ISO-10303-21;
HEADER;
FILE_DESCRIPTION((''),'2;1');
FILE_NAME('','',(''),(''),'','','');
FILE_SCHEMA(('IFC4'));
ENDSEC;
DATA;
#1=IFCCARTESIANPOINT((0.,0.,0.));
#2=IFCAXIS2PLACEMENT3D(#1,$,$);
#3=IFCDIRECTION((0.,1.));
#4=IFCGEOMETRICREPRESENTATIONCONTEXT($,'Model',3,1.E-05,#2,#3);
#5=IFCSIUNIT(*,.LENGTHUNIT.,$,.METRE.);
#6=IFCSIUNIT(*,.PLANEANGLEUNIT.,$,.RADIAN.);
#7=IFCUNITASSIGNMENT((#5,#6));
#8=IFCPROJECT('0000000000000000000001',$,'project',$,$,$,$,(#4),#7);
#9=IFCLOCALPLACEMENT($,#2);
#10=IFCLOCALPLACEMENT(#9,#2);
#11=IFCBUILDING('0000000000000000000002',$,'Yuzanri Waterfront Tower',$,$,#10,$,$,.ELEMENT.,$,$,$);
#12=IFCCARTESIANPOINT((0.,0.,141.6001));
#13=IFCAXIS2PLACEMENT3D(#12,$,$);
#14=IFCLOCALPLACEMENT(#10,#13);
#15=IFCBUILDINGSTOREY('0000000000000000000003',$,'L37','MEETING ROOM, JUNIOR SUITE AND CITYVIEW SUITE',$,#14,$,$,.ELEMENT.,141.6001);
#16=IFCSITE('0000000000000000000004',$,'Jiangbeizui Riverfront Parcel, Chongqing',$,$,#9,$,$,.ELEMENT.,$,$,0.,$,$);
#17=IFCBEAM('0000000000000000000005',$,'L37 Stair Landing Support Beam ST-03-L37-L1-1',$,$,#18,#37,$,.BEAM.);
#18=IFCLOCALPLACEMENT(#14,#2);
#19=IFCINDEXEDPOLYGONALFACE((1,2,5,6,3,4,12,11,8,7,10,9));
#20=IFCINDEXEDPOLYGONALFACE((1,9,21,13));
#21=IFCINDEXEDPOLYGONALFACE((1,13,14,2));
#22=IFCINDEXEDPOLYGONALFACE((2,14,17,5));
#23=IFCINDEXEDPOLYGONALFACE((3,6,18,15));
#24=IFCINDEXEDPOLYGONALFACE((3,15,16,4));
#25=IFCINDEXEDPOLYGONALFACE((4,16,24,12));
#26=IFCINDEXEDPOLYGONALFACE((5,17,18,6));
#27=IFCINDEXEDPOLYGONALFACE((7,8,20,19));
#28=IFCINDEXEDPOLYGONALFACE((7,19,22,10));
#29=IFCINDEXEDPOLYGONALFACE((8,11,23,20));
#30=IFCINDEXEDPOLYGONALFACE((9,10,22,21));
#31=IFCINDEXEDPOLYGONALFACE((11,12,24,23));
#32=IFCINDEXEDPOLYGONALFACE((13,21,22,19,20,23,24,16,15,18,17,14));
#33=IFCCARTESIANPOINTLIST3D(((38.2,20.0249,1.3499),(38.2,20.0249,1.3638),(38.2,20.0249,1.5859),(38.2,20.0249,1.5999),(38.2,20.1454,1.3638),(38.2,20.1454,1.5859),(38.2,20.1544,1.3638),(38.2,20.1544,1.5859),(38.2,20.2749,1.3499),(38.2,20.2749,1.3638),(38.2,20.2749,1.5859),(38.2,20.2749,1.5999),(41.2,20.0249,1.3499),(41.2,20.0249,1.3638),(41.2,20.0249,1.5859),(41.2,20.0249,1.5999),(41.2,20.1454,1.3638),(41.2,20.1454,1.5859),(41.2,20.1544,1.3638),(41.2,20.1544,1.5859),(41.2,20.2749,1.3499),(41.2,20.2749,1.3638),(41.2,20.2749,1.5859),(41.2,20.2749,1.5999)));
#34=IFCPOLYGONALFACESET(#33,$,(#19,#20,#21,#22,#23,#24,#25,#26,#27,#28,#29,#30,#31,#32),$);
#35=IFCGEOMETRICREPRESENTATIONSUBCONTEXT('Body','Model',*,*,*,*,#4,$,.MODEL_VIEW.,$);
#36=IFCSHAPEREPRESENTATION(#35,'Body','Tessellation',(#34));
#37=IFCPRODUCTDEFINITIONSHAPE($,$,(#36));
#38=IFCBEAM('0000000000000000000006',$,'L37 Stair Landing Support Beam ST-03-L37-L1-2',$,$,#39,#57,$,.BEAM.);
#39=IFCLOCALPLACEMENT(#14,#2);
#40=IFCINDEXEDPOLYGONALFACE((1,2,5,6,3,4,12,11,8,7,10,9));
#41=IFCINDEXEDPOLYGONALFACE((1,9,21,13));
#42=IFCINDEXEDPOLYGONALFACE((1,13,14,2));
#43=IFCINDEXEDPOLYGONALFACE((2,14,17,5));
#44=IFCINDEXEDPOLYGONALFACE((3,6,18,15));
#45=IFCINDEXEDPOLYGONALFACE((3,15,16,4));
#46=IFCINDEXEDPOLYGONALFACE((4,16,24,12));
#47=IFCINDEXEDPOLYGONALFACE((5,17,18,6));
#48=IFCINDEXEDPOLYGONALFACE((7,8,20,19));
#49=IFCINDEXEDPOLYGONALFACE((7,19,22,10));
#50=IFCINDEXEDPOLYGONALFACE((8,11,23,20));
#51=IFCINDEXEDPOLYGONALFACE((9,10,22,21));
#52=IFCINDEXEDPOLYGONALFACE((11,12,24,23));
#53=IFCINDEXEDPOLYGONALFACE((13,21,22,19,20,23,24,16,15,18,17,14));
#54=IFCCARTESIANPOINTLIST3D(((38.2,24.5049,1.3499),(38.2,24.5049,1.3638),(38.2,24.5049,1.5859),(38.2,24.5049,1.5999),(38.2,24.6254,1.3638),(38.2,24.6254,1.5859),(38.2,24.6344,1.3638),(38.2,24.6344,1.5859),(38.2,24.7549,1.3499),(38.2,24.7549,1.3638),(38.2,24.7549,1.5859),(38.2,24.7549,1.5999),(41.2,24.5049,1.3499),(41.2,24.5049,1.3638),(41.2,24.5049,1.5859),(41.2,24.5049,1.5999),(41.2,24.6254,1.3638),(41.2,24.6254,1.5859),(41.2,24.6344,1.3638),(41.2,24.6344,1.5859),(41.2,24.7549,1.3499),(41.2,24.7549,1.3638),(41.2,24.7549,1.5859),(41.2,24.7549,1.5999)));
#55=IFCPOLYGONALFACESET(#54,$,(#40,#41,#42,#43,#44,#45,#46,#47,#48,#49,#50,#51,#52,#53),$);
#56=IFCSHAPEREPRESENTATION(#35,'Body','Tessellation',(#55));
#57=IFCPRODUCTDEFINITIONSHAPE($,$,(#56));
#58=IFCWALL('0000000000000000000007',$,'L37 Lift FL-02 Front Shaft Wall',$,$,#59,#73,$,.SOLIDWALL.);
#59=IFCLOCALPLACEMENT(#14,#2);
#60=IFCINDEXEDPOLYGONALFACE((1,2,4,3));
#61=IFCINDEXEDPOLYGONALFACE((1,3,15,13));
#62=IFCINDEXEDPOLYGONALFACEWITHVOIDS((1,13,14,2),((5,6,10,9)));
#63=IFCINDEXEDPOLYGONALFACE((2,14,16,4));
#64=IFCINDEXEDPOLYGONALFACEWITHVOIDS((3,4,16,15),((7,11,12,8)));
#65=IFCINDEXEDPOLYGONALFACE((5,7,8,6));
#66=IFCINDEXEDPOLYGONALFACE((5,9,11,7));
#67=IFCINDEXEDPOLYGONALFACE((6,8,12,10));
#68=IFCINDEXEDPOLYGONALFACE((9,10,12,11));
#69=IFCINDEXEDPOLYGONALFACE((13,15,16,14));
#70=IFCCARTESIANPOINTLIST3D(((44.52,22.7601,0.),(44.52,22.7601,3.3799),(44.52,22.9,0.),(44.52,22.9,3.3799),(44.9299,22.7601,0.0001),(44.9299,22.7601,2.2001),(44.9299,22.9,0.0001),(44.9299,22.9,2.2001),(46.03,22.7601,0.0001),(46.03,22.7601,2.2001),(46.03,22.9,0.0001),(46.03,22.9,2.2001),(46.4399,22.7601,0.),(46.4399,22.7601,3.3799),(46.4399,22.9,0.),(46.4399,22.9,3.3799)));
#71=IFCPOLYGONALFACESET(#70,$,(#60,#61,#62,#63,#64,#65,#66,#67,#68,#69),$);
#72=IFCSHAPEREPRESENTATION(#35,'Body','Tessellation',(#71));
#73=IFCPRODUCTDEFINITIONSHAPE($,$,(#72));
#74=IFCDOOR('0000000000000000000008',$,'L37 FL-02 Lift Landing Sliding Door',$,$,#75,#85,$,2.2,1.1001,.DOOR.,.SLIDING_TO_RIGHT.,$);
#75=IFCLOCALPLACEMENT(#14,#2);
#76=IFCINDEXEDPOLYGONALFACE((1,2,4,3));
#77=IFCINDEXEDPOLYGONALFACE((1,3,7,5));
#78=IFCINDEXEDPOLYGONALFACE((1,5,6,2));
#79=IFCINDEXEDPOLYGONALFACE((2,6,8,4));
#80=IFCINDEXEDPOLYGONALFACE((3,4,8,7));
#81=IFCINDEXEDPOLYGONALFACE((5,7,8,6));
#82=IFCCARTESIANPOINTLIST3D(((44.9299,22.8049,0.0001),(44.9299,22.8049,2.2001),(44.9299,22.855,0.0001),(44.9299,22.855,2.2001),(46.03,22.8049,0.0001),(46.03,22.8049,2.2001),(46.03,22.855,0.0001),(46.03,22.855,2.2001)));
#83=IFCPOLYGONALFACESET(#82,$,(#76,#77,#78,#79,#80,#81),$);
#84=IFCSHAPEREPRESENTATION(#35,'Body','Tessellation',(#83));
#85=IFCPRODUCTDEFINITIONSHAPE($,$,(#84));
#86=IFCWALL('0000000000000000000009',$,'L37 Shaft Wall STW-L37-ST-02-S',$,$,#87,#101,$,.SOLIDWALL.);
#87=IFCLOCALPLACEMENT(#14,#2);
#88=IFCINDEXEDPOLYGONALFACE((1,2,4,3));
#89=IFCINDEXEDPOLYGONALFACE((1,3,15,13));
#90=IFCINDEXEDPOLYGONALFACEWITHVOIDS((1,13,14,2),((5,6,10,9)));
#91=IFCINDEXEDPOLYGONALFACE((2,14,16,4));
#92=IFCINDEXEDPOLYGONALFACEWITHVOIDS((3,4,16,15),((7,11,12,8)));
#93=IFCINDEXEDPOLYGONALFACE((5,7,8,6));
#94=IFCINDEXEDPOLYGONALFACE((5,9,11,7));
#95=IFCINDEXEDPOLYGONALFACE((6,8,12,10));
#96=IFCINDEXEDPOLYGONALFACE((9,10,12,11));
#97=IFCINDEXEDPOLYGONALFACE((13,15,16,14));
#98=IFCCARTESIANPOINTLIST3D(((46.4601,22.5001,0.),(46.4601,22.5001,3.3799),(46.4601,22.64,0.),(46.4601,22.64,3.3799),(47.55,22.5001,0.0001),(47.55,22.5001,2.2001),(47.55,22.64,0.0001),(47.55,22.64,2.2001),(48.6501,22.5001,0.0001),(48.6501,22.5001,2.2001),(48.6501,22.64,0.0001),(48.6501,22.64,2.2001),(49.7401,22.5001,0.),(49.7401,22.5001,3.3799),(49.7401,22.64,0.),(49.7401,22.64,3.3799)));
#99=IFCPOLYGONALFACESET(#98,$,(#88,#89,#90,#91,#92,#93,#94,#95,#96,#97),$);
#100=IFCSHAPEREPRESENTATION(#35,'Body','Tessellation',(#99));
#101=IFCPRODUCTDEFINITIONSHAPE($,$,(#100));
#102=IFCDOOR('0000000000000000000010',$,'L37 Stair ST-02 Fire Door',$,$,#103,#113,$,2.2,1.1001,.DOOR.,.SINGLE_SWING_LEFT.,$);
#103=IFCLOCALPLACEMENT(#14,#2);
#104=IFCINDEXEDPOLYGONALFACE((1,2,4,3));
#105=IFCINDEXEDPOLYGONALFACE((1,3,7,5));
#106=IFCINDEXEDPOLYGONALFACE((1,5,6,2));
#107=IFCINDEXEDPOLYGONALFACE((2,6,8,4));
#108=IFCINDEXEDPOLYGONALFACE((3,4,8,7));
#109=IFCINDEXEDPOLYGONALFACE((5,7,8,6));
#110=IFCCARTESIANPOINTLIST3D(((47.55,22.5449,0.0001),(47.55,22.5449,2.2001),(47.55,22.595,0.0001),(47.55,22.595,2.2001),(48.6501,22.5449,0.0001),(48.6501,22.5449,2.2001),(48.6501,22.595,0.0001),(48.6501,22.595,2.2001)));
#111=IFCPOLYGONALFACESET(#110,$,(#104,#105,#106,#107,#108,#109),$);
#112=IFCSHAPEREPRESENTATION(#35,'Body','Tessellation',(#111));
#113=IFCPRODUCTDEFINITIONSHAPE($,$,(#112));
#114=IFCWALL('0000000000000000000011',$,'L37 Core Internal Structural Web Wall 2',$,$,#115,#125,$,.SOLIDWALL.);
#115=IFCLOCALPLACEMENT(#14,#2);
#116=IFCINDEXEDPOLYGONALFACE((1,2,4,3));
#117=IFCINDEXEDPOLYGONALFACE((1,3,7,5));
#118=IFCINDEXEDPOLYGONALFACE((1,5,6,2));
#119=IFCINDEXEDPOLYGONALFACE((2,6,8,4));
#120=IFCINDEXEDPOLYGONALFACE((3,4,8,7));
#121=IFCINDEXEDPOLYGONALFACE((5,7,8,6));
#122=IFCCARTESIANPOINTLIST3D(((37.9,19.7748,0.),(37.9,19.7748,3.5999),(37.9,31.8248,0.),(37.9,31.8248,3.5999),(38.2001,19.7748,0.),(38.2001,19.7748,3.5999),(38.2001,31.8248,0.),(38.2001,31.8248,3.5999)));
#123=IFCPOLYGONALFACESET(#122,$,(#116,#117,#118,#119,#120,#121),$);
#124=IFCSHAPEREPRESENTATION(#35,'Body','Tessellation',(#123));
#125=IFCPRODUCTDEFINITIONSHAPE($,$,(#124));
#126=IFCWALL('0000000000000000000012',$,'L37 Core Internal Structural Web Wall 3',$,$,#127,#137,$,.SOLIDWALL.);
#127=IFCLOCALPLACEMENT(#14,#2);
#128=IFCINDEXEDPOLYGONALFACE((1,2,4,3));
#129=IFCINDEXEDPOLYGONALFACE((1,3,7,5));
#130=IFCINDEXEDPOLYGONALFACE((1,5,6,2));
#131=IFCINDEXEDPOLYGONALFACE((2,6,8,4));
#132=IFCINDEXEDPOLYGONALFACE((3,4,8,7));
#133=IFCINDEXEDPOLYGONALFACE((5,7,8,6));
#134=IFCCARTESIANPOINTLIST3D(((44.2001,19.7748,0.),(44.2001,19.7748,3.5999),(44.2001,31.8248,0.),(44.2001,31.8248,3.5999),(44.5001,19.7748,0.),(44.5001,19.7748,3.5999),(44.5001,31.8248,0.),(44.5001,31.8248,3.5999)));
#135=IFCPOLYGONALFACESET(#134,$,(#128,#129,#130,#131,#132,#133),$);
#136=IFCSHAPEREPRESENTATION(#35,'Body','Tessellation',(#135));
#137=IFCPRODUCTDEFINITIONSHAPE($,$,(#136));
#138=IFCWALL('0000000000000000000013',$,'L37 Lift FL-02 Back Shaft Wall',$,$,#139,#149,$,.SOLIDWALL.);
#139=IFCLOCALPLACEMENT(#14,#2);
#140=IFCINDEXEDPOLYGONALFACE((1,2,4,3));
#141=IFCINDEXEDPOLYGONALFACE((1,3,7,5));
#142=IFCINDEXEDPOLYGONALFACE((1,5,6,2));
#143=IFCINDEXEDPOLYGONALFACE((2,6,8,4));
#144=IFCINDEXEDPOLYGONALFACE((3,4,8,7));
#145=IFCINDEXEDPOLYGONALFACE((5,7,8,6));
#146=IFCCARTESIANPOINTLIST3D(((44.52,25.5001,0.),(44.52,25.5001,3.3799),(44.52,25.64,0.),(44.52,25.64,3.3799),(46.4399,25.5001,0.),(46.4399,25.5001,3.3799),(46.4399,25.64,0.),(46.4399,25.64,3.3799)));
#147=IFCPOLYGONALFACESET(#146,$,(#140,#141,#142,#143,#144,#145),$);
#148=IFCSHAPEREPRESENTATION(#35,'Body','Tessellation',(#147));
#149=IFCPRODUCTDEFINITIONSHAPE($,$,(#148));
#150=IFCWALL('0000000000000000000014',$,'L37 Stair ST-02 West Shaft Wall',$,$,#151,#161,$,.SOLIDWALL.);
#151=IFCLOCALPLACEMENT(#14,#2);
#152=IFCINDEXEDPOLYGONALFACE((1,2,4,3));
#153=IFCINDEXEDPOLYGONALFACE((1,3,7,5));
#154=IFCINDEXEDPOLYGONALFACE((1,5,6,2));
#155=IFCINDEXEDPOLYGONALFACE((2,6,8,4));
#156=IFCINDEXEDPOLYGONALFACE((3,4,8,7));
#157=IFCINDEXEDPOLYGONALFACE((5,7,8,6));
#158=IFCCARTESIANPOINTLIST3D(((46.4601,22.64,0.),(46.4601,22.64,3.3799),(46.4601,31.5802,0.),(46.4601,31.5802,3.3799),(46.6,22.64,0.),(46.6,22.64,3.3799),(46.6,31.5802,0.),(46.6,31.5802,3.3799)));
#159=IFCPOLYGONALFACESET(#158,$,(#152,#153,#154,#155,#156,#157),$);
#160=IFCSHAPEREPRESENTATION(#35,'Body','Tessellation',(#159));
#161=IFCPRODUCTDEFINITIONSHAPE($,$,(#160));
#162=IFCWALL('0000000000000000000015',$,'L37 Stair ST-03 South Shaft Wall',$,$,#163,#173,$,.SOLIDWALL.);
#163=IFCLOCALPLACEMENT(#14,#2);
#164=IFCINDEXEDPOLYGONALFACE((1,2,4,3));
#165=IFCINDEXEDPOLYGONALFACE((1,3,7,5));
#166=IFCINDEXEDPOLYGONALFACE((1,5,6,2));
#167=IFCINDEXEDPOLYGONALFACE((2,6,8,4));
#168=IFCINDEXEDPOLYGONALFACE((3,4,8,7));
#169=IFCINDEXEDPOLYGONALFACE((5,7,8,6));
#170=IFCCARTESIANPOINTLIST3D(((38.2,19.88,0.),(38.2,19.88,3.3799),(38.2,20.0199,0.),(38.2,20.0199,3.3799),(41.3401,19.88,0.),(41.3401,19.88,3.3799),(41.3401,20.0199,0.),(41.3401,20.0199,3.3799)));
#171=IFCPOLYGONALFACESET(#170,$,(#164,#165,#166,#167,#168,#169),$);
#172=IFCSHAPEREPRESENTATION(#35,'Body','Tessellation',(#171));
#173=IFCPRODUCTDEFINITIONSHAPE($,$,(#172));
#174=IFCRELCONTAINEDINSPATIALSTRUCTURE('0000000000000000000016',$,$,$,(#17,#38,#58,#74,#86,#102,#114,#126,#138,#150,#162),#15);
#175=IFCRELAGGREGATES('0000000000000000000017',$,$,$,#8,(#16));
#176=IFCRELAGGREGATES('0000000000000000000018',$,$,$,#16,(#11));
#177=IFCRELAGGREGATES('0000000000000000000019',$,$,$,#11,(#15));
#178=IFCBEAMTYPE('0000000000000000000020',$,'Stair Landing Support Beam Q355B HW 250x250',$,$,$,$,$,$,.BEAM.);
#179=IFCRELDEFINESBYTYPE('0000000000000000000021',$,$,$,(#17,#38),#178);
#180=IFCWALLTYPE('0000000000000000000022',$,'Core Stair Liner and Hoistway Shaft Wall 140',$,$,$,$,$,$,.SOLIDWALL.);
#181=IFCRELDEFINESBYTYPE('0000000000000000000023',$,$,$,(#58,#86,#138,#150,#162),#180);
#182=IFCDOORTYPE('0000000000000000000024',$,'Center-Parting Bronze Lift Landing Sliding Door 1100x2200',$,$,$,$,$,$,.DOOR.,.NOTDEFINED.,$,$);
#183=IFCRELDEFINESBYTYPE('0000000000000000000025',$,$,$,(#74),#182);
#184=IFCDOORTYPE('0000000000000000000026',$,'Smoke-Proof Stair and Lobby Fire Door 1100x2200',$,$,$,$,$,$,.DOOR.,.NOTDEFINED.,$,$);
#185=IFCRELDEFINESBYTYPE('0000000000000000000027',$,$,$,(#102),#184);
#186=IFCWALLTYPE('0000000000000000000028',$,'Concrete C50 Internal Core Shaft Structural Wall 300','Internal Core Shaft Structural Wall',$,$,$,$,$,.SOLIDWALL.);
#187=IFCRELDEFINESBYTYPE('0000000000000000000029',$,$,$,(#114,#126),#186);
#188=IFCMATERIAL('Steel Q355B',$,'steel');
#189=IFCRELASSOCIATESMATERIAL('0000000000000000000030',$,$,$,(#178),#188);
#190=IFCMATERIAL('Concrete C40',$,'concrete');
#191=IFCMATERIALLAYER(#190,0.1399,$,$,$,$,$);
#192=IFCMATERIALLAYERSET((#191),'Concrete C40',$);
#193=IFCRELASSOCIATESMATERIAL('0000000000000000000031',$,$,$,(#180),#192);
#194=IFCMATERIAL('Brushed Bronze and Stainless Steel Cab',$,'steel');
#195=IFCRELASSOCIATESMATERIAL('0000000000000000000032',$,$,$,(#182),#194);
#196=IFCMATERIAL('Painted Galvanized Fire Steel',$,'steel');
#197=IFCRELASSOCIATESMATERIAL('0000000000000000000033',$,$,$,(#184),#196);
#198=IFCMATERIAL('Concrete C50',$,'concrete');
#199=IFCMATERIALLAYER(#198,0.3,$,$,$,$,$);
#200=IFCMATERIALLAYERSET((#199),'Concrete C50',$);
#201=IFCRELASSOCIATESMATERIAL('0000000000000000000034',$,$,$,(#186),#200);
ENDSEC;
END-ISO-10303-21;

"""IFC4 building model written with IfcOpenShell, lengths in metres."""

from ifc_helpers import new_model, si_unit, direction, frame, frame_2d, origin, origin_2d, place, context, subcontext, project, spatial, rectangle, i_section, extrude, source, transform, mapped, material, layer, layer_set, material_profile, profile_set, type_object, element, fill, save


model = new_model("IFC4")

# Units and contexts
model_context = context("Model", 3, precision=1e-05, world=origin(), true_north=direction((0.0, 1.0)))
body_context = subcontext(model_context, "Body", "Model", "MODEL_VIEW")
ifc_project = project(units=[si_unit("LENGTHUNIT", "METRE"), si_unit("PLANEANGLEUNIT", "RADIAN")], contexts=[model_context])

# Site, building, storey
site_placement = place(None, origin())
site = spatial("IfcSite", under=ifc_project, at=site_placement, Name="Jiangbeizui Riverfront Parcel, Chongqing", CompositionType="ELEMENT", RefElevation=0.0)
building_placement = place(site_placement, origin())
building = spatial("IfcBuilding", under=site, at=building_placement, Name="Yuzanri Waterfront Tower", CompositionType="ELEMENT")
storey_placement = place(building_placement, frame((0.0, 0.0, 141.6001)))
storey = spatial("IfcBuildingStorey", under=building, at=storey_placement, Name="L37", Description="MEETING ROOM, JUNIOR SUITE AND CITYVIEW SUITE", CompositionType="ELEMENT", Elevation=141.6001)

# Beams
ifc_material_1 = material(Name="Steel Q355B", Category="steel")
ifc_material_profile = material_profile(ifc_material_1, i_section(OverallWidth=0.25, OverallDepth=0.25, WebThickness=0.009, FlangeThickness=0.0139, at=origin_2d()), Name="HW 250x250x9x14")
ifc_profile_set = profile_set([ifc_material_profile], Name="Steel Q355B")
beam_type = type_object("IfcBeamType", Name="Stair Landing Support Beam Q355B HW 250x250", PredefinedType="BEAM", material=ifc_profile_set)
shared_shape_1 = source(origin(), body_context, "Body", "SweptSolid", [
    extrude(i_section(OverallWidth=0.25, OverallDepth=0.25, WebThickness=0.009, FlangeThickness=0.0139, at=origin_2d()), origin(), (0.0, 0.0, 1.0), 3.0),
])
for number, where, z_axis, x_axis, name in (
    (1, (38.2, 20.1499, 1.4749), (1.0, 0.0, 0.0), (0.0, 1.0, 0.0), "L37 Stair Landing Support Beam ST-03-L37-L1-1"),
    (2, (38.2, 24.6299, 1.4749), (1.0, 0.0, 0.0), (0.0, 1.0, 0.0), "L37 Stair Landing Support Beam ST-03-L37-L1-2"),
):
    element("IfcBeam", number, at=place(storey_placement, frame(where, z_axis=z_axis, x_axis=x_axis)), inside=storey, type_object=beam_type, Name=name, PredefinedType="BEAM", context=body_context, shape_type="MappedRepresentation", body=[
        mapped(shared_shape_1, transform((0.0, 0.0, 0.0), scale=1.0)),
    ])

# Walls, openings, doors
ifc_material_2 = material(Name="Concrete C40", Category="concrete")
ifc_layer_1 = layer(ifc_material_2, 0.1399)
ifc_layer_set_1 = layer_set([ifc_layer_1], Name="Concrete C40")
wall_type_1 = type_object("IfcWallType", Name="Core Stair Liner and Hoistway Shaft Wall 140", PredefinedType="SOLIDWALL", material=ifc_layer_set_1)
wall_1_placement = place(storey_placement, frame((44.52, 22.8301, 0.0), z_axis=(0.0, 0.0, 1.0), x_axis=(1.0, 0.0, 0.0)))
wall_1 = element("IfcWall", 3, at=wall_1_placement, inside=storey, type_object=wall_type_1, Name="L37 Lift FL-02 Front Shaft Wall", PredefinedType="SOLIDWALL", context=body_context, shape_type="SweptSolid", body=[
    extrude(rectangle(XDim=1.9199, YDim=0.1399, at=frame_2d((0.96, 0.0))), origin(), (0.0, 0.0, 1.0), 3.3799),
])
opening_1_placement = place(wall_1_placement, frame((0.4099, 0.0, 0.0)))
opening_1 = element("IfcOpeningElement", 4, at=opening_1_placement, cuts=wall_1, PredefinedType="OPENING", context=body_context, shape_type="SweptSolid", body=[
    extrude(rectangle(XDim=1.1001, YDim=2.2, at=frame_2d((0.55, 1.1001))), frame((0.0, 0.085, 0.0), z_axis=(0.0, -1.0, 0.0), x_axis=(1.0, 0.0, 0.0)), (0.0, 0.0, 1.0), 0.1697),
])
ifc_material_3 = material(Name="Brushed Bronze and Stainless Steel Cab", Category="steel")
door_type_1 = type_object("IfcDoorType", Name="Center-Parting Bronze Lift Landing Sliding Door 1100x2200", OperationType="NOTDEFINED", PredefinedType="DOOR", material=ifc_material_3)
shared_shape_2 = source(origin(), body_context, "Body", "SweptSolid", [
    extrude(rectangle(XDim=1.1001, YDim=2.2, at=frame_2d((0.55, 1.1001))), frame((0.0, 0.0249, 0.0), z_axis=(0.0, -1.0, 0.0), x_axis=(1.0, 0.0, 0.0)), (0.0, 0.0, 1.0), 0.05),
])
door_1_placement = place(opening_1_placement, origin())
door_1 = element("IfcDoor", 5, at=door_1_placement, inside=storey, type_object=door_type_1, Name="L37 FL-02 Lift Landing Sliding Door", OperationType="SLIDING_TO_RIGHT", OverallHeight=2.2, OverallWidth=1.1001, PredefinedType="DOOR", context=body_context, shape_type="MappedRepresentation", body=[
    mapped(shared_shape_2, transform((0.0, 0.0, 0.0), scale=1.0)),
])
fill(opening_1, door_1)
wall_2_placement = place(storey_placement, frame((46.46, 22.5701, 0.0), z_axis=(0.0, 0.0, 1.0), x_axis=(1.0, 0.0, 0.0)))
wall_2 = element("IfcWall", 6, at=wall_2_placement, inside=storey, type_object=wall_type_1, Name="L37 Shaft Wall STW-L37-ST-02-S", PredefinedType="SOLIDWALL", context=body_context, shape_type="SweptSolid", body=[
    extrude(rectangle(XDim=3.28, YDim=0.1399, at=frame_2d((1.6401, 0.0))), origin(), (0.0, 0.0, 1.0), 3.3799),
])
opening_2_placement = place(wall_2_placement, frame((1.0901, 0.0, 0.0)))
opening_2 = element("IfcOpeningElement", 7, at=opening_2_placement, cuts=wall_2, PredefinedType="OPENING", context=body_context, shape_type="SweptSolid", body=[
    extrude(rectangle(XDim=1.1001, YDim=2.2, at=frame_2d((0.55, 1.1001))), frame((0.0, 0.085, 0.0), z_axis=(0.0, -1.0, 0.0), x_axis=(1.0, 0.0, 0.0)), (0.0, 0.0, 1.0), 0.1697),
])
ifc_material_4 = material(Name="Painted Galvanized Fire Steel", Category="steel")
door_type_2 = type_object("IfcDoorType", Name="Smoke-Proof Stair and Lobby Fire Door 1100x2200", OperationType="NOTDEFINED", PredefinedType="DOOR", material=ifc_material_4)
shared_shape_3 = source(origin(), body_context, "Body", "SweptSolid", [
    extrude(rectangle(XDim=1.1001, YDim=2.2, at=frame_2d((0.55, 1.1001))), frame((0.0, 0.0249, 0.0), z_axis=(0.0, -1.0, 0.0), x_axis=(1.0, 0.0, 0.0)), (0.0, 0.0, 1.0), 0.05),
])
door_2_placement = place(opening_2_placement, origin())
door_2 = element("IfcDoor", 8, at=door_2_placement, inside=storey, type_object=door_type_2, Name="L37 Stair ST-02 Fire Door", OperationType="SINGLE_SWING_LEFT", OverallHeight=2.2, OverallWidth=1.1001, PredefinedType="DOOR", context=body_context, shape_type="MappedRepresentation", body=[
    mapped(shared_shape_3, transform((0.0, 0.0, 0.0), scale=1.0)),
])
fill(opening_2, door_2)

# Walls
ifc_material_5 = material(Name="Concrete C50", Category="concrete")
ifc_layer_2 = layer(ifc_material_5, 0.3)
ifc_layer_set_2 = layer_set([ifc_layer_2], Name="Concrete C50")
wall_type_2 = type_object("IfcWallType", Name="Concrete C50 Internal Core Shaft Structural Wall 300", Description="Internal Core Shaft Structural Wall", PredefinedType="SOLIDWALL", material=ifc_layer_set_2)
shared_shape_4 = source(origin(), body_context, "Body", "SweptSolid", [
    extrude(rectangle(XDim=12.05, YDim=0.3, at=frame_2d((6.0249, 0.0))), origin(), (0.0, 0.0, 1.0), 3.5999),
])
for number, where, z_axis, x_axis, name in (
    (9, (38.05, 19.7749, 0.0), (0.0, 0.0, 1.0), (0.0, 1.0, 0.0), "L37 Core Internal Structural Web Wall 2"),
    (10, (44.3501, 19.7749, 0.0), (0.0, 0.0, 1.0), (0.0, 1.0, 0.0), "L37 Core Internal Structural Web Wall 3"),
):
    element("IfcWall", number, at=place(storey_placement, frame(where, z_axis=z_axis, x_axis=x_axis)), inside=storey, type_object=wall_type_2, Name=name, PredefinedType="SOLIDWALL", context=body_context, shape_type="MappedRepresentation", body=[
        mapped(shared_shape_4, transform((0.0, 0.0, 0.0), scale=1.0)),
    ])
shared_shape_5 = source(origin(), body_context, "Body", "SweptSolid", [
    extrude(rectangle(XDim=1.9199, YDim=0.1399, at=frame_2d((0.96, 0.0))), origin(), (0.0, 0.0, 1.0), 3.3799),
])
wall_3_placement = place(storey_placement, frame((44.52, 25.5701, 0.0), z_axis=(0.0, 0.0, 1.0), x_axis=(1.0, 0.0, 0.0)))
element("IfcWall", 11, at=wall_3_placement, inside=storey, type_object=wall_type_1, Name="L37 Lift FL-02 Back Shaft Wall", PredefinedType="SOLIDWALL", context=body_context, shape_type="MappedRepresentation", body=[
    mapped(shared_shape_5, transform((0.0, 0.0, 0.0), scale=1.0)),
])
shared_shape_6 = source(origin(), body_context, "Body", "SweptSolid", [
    extrude(rectangle(XDim=8.9402, YDim=0.1399, at=frame_2d((4.4702, 0.0))), origin(), (0.0, 0.0, 1.0), 3.3799),
])
wall_4_placement = place(storey_placement, frame((46.53, 22.6399, 0.0), z_axis=(0.0, 0.0, 1.0), x_axis=(0.0, 1.0, 0.0)))
element("IfcWall", 12, at=wall_4_placement, inside=storey, type_object=wall_type_1, Name="L37 Stair ST-02 West Shaft Wall", PredefinedType="SOLIDWALL", context=body_context, shape_type="MappedRepresentation", body=[
    mapped(shared_shape_6, transform((0.0, 0.0, 0.0), scale=1.0)),
])
shared_shape_7 = source(origin(), body_context, "Body", "SweptSolid", [
    extrude(rectangle(XDim=3.1401, YDim=0.1399, at=frame_2d((1.5701, 0.0))), origin(), (0.0, 0.0, 1.0), 3.3799),
])
wall_5_placement = place(storey_placement, frame((38.2, 19.95, 0.0), z_axis=(0.0, 0.0, 1.0), x_axis=(1.0, 0.0, 0.0)))
element("IfcWall", 13, at=wall_5_placement, inside=storey, type_object=wall_type_1, Name="L37 Stair ST-03 South Shaft Wall", PredefinedType="SOLIDWALL", context=body_context, shape_type="MappedRepresentation", body=[
    mapped(shared_shape_7, transform((0.0, 0.0, 0.0), scale=1.0)),
])

save(model, "model.ifc")
